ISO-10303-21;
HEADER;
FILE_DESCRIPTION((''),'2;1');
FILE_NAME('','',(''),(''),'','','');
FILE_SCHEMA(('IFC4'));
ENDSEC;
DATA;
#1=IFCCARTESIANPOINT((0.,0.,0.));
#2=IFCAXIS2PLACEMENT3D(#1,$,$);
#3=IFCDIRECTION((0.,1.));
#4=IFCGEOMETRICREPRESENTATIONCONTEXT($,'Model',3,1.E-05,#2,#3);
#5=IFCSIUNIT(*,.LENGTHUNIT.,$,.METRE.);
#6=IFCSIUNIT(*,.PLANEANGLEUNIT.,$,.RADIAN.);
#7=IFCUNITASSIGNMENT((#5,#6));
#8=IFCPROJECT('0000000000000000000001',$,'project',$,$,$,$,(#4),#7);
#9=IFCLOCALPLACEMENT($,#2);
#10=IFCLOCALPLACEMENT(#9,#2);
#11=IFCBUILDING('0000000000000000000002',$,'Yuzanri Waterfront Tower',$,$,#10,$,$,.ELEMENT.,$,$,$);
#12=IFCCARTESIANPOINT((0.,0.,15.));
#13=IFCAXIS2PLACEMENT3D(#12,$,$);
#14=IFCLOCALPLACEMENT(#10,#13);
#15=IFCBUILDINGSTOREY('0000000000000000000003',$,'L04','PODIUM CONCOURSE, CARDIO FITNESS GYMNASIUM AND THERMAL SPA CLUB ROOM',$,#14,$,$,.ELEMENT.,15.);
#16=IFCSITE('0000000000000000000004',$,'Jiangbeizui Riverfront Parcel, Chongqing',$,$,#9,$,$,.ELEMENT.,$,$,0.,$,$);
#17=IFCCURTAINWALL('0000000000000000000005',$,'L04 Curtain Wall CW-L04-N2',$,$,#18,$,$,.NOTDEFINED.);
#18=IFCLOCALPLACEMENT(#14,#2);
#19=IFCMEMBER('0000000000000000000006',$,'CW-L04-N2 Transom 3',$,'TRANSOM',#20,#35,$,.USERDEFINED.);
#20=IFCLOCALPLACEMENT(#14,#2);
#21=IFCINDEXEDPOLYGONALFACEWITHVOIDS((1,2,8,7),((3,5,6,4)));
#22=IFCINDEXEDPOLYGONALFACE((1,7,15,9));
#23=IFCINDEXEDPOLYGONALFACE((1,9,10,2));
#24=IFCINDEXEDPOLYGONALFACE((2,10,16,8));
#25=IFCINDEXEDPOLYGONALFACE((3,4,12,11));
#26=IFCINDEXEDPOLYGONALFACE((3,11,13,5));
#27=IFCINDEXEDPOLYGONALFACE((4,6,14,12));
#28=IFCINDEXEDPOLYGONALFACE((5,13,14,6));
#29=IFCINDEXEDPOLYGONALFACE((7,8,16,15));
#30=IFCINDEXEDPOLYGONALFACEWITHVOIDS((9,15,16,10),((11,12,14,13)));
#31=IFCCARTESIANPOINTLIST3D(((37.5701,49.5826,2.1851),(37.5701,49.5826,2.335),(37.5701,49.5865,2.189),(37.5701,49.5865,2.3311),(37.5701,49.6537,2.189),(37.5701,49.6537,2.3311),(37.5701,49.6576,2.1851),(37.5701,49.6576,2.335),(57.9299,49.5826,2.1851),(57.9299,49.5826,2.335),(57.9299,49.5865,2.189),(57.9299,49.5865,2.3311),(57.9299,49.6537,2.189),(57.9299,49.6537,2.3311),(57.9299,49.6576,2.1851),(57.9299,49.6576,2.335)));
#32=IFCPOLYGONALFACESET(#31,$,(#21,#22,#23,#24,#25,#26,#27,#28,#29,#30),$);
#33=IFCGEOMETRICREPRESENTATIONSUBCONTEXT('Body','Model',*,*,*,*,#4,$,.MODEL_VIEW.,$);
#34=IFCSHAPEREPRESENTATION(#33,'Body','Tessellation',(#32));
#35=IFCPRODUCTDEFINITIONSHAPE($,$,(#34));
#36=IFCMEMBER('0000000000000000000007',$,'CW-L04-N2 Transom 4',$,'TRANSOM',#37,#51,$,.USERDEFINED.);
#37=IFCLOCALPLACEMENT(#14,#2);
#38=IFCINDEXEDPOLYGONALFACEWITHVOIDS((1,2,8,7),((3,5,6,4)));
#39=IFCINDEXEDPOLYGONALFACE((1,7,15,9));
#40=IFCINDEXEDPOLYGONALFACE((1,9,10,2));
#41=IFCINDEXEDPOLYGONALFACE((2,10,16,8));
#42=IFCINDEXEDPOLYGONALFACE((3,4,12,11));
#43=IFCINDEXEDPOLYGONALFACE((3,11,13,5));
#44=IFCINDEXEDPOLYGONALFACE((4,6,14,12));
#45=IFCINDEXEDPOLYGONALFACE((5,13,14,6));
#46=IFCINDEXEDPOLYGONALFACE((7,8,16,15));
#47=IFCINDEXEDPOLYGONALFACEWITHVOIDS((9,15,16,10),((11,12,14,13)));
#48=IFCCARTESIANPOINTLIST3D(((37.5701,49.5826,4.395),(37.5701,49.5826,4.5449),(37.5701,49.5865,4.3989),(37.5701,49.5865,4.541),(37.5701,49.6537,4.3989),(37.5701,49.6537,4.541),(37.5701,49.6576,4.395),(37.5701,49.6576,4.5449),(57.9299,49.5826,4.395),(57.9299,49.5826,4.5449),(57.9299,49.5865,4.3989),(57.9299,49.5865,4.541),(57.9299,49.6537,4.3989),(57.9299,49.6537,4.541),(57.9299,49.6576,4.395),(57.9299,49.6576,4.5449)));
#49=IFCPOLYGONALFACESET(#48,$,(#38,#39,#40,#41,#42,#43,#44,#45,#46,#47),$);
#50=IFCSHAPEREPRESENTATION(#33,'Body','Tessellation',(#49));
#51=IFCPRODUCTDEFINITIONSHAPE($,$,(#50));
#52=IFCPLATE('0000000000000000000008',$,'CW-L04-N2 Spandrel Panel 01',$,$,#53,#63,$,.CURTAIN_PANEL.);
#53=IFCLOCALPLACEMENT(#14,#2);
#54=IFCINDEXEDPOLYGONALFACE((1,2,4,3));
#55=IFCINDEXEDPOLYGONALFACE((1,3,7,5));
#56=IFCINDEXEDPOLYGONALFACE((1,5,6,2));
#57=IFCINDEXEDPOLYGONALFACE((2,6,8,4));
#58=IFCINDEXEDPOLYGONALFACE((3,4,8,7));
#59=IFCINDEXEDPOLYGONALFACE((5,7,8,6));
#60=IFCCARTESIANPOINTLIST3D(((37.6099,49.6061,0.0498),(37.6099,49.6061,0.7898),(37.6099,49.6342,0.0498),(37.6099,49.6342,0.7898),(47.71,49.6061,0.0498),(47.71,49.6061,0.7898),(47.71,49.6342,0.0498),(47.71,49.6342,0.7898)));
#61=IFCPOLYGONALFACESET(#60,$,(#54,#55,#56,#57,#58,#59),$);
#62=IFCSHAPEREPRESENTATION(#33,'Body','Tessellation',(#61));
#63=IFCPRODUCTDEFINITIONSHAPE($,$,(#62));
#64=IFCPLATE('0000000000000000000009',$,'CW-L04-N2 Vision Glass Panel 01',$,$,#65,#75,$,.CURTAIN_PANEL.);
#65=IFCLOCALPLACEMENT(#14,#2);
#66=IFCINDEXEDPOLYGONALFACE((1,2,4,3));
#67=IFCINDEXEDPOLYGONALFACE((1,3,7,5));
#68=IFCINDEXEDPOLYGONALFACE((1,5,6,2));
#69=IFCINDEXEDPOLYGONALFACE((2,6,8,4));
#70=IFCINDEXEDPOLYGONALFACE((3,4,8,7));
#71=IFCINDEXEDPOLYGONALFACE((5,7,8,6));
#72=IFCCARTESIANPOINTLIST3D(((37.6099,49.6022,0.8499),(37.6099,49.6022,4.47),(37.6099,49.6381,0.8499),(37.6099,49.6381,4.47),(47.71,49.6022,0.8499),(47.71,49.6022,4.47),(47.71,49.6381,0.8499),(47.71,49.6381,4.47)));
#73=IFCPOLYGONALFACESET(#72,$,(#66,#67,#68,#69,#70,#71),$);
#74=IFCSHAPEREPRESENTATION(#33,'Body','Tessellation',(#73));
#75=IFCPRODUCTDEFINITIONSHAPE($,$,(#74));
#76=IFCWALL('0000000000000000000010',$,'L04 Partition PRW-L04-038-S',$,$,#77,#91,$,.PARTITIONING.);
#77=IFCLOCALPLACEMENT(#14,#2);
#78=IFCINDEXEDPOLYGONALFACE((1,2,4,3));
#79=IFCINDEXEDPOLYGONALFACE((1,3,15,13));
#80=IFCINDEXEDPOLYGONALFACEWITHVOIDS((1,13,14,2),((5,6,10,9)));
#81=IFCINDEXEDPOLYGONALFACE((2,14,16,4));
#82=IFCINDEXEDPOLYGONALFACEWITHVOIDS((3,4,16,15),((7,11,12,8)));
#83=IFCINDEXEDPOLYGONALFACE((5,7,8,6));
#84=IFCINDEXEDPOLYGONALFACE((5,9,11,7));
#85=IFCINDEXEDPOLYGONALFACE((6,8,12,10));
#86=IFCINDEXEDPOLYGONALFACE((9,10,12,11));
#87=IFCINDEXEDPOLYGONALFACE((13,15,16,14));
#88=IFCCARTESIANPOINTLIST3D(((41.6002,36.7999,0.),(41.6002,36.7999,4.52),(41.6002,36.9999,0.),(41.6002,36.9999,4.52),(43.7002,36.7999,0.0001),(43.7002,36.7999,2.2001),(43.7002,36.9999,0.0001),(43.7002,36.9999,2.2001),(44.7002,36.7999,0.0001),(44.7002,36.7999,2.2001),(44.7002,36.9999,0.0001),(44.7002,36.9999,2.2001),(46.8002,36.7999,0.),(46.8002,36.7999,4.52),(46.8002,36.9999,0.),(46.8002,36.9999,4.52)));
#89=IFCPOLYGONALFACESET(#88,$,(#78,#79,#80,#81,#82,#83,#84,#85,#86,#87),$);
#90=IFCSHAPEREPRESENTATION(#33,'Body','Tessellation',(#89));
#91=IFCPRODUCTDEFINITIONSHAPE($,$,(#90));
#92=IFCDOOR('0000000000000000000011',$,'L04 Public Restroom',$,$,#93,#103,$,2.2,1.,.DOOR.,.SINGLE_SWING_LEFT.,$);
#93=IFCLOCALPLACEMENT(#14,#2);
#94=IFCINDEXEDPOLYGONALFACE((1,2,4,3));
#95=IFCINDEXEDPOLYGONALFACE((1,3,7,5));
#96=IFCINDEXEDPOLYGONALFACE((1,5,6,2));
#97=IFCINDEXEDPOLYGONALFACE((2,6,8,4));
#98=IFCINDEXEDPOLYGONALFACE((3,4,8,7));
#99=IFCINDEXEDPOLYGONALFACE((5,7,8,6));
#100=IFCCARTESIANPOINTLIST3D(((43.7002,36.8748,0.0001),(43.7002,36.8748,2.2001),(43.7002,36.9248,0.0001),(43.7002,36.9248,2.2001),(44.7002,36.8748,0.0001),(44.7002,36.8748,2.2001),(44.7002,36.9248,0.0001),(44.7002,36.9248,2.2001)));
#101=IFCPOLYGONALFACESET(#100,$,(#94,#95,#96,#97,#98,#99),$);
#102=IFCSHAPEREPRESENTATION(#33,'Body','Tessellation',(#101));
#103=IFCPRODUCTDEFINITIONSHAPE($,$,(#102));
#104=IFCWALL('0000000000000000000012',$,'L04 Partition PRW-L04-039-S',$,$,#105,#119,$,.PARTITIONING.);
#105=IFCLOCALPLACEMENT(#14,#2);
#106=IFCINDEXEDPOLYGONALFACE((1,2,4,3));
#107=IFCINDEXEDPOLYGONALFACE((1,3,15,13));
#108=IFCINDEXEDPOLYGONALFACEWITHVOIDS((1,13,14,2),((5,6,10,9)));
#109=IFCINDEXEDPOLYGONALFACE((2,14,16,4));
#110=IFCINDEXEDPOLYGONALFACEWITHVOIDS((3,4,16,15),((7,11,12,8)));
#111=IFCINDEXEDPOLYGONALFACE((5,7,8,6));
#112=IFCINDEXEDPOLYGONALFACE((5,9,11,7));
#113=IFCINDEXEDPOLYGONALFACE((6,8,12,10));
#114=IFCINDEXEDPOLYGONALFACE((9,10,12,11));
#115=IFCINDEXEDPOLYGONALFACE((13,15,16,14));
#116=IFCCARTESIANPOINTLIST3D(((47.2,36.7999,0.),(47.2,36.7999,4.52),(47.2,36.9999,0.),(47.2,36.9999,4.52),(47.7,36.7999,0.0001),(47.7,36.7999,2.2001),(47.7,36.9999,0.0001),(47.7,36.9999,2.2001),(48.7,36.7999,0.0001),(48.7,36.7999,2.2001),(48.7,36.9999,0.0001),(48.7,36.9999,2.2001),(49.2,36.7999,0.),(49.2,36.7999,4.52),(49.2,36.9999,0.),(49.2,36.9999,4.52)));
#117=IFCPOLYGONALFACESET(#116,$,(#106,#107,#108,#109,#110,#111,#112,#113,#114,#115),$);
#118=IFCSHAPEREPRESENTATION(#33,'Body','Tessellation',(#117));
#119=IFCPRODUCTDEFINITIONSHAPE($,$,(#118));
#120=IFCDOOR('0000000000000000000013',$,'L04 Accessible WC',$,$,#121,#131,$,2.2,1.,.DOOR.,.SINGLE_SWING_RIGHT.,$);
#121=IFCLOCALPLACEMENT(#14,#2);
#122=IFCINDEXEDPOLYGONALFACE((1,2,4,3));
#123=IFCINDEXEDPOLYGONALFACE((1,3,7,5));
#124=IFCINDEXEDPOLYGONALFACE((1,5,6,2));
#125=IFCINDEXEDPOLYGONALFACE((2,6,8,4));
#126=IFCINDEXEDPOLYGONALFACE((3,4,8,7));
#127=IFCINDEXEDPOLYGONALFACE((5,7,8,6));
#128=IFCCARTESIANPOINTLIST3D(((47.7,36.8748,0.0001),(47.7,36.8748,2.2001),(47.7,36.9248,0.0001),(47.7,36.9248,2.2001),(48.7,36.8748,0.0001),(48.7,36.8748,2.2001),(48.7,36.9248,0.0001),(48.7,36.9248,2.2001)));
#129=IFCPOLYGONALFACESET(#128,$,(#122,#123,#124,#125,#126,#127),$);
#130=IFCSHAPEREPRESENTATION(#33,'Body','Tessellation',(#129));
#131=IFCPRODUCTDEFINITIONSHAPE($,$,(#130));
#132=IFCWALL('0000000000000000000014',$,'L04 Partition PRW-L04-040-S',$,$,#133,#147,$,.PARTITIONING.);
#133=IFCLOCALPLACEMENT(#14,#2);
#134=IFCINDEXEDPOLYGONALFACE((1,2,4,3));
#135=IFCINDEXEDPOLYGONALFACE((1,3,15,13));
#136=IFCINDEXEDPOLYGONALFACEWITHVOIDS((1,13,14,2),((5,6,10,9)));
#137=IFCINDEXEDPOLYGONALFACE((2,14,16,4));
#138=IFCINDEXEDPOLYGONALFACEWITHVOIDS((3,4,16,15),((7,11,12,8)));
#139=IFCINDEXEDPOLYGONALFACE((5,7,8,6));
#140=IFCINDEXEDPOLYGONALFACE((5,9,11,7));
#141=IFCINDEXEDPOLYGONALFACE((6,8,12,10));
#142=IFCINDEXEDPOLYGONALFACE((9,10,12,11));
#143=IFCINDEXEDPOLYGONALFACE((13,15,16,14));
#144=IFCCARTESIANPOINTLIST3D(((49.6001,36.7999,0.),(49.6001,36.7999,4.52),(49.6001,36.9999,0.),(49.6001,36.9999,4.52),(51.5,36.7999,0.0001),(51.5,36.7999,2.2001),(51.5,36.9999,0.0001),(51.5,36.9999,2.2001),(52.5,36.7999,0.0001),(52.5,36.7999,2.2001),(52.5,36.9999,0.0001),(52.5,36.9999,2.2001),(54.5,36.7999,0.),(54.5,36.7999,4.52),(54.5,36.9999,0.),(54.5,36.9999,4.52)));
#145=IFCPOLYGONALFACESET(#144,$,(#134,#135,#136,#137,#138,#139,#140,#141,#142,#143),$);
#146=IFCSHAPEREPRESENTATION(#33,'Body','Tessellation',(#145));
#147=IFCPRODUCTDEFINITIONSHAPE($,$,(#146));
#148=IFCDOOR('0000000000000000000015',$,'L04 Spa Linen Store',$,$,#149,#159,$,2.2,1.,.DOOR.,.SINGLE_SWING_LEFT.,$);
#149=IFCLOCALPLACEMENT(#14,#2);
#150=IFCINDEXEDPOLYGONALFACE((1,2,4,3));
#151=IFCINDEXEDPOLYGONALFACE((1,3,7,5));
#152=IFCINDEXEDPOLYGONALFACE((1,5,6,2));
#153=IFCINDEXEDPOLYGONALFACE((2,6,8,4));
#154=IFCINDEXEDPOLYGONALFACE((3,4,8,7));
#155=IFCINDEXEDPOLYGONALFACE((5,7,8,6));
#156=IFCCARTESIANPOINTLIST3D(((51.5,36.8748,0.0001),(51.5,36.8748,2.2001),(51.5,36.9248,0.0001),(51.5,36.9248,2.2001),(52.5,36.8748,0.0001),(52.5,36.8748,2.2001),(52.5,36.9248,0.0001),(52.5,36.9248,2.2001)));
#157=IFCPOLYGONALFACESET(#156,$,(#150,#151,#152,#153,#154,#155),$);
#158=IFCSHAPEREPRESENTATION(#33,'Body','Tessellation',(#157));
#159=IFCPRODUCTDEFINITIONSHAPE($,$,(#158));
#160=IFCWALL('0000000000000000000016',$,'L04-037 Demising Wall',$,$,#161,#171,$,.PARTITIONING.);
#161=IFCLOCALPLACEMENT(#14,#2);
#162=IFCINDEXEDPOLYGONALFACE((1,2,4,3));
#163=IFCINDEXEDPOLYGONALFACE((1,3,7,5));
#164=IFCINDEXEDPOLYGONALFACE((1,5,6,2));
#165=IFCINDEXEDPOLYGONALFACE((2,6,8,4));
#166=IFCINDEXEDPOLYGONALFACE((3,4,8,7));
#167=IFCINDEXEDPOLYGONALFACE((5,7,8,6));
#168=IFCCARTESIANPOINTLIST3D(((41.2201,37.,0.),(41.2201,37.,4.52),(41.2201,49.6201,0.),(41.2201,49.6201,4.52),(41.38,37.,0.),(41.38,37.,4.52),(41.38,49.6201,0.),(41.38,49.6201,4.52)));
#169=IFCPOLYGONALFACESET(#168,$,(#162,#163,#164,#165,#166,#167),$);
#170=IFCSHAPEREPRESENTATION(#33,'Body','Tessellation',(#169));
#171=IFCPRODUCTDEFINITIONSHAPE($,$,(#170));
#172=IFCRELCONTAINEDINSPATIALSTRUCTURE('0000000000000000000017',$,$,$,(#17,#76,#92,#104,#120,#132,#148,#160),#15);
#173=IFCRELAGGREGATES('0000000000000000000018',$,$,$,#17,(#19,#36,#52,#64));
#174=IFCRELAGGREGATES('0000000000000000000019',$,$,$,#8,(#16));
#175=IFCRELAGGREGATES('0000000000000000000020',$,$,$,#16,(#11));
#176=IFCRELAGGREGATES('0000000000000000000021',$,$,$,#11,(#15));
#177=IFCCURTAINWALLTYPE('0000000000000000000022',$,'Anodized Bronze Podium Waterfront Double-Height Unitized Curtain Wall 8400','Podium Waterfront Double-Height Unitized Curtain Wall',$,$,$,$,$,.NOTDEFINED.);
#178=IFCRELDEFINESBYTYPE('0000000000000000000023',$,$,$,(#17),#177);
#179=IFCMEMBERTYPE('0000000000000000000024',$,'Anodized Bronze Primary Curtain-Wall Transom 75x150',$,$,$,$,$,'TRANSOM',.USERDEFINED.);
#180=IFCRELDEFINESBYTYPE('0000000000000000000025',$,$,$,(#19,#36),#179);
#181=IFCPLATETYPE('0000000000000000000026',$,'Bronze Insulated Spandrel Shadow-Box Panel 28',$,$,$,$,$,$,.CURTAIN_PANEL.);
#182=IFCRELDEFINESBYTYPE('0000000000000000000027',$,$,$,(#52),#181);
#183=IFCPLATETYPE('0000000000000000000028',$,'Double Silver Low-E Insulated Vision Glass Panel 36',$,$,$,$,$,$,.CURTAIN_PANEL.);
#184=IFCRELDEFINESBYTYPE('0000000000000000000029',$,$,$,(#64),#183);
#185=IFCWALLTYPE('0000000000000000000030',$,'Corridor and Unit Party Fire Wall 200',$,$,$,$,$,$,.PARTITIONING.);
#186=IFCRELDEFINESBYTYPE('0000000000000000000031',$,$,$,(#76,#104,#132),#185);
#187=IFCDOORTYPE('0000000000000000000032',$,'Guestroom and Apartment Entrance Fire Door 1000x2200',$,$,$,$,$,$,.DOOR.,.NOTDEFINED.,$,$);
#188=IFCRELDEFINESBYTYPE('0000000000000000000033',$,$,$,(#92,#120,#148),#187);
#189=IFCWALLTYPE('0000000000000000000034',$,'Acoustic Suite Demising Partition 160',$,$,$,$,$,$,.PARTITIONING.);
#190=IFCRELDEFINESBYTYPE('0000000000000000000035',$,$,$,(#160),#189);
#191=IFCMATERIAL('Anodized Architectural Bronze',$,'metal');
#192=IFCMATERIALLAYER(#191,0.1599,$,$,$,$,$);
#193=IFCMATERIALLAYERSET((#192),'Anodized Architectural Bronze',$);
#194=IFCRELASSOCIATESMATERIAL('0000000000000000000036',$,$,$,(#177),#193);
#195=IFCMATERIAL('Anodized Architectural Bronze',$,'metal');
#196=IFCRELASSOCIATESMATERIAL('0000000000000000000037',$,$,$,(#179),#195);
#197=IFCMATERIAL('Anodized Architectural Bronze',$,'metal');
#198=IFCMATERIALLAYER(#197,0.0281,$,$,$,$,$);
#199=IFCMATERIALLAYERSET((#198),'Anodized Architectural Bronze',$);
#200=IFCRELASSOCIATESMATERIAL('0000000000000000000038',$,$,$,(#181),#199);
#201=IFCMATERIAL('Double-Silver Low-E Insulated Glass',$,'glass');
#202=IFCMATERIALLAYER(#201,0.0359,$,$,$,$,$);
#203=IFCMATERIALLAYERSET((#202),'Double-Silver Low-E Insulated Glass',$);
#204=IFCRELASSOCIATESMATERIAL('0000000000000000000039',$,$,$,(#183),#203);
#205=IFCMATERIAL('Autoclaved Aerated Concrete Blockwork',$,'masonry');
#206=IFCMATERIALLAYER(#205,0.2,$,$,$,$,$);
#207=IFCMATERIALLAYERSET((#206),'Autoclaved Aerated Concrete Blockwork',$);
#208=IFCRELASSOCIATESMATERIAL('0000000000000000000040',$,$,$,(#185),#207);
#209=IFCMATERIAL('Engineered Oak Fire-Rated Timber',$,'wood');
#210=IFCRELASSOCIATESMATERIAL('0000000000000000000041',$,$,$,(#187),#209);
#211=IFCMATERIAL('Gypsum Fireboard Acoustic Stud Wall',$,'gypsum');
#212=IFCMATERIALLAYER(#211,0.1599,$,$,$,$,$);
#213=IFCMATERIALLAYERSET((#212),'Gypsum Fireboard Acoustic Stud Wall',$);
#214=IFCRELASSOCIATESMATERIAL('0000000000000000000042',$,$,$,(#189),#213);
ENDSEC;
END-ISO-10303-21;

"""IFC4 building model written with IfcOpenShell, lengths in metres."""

from ifc_helpers import new_model, si_unit, direction, frame, frame_2d, origin, origin_2d, place, context, subcontext, project, spatial, rectangle, hollow_rectangle, extrude, source, transform, mapped, material, layer, layer_set, material_profile, profile_set, type_object, element, fill, aggregate, save


model = new_model("IFC4")

# Units and contexts
model_context = context("Model", 3, precision=1e-05, world=origin(), true_north=direction((0.0, 1.0)))
body_context = subcontext(model_context, "Body", "Model", "MODEL_VIEW")
ifc_project = project(units=[si_unit("LENGTHUNIT", "METRE"), si_unit("PLANEANGLEUNIT", "RADIAN")], contexts=[model_context])

# Site, building, storey
site_placement = place(None, origin())
site = spatial("IfcSite", under=ifc_project, at=site_placement, Name="Jiangbeizui Riverfront Parcel, Chongqing", CompositionType="ELEMENT", RefElevation=0.0)
building_placement = place(site_placement, origin())
building = spatial("IfcBuilding", under=site, at=building_placement, Name="Yuzanri Waterfront Tower", CompositionType="ELEMENT")
storey_placement = place(building_placement, frame((0.0, 0.0, 15.0)))
storey = spatial("IfcBuildingStorey", under=building, at=storey_placement, Name="L04", Description="PODIUM CONCOURSE, CARDIO FITNESS GYMNASIUM AND THERMAL SPA CLUB ROOM", CompositionType="ELEMENT", Elevation=15.0)

# Curtain wall, members, plates
ifc_material_1 = material(Name="Anodized Architectural Bronze", Category="metal")
ifc_layer_1 = layer(ifc_material_1, 0.1599)
ifc_layer_set_1 = layer_set([ifc_layer_1], Name="Anodized Architectural Bronze")
curtain_wall_type = type_object("IfcCurtainWallType", Name="Anodized Bronze Podium Waterfront Double-Height Unitized Curtain Wall 8400", Description="Podium Waterfront Double-Height Unitized Curtain Wall", PredefinedType="NOTDEFINED", material=ifc_layer_set_1)
curtain_wall_placement = place(storey_placement, origin())
curtain_wall = element("IfcCurtainWall", 1, at=curtain_wall_placement, inside=storey, type_object=curtain_wall_type, Name="L04 Curtain Wall CW-L04-N2", PredefinedType="NOTDEFINED")
ifc_material_2 = material(Name="Anodized Architectural Bronze", Category="metal")
ifc_material_profile_1 = material_profile(ifc_material_2, hollow_rectangle(XDim=0.075, YDim=0.1499, WallThickness=0.0039, at=origin_2d()), Name="CWT 75x150")
ifc_profile_set_1 = profile_set([ifc_material_profile_1], Name="Anodized Architectural Bronze")
member_type_1 = type_object("IfcMemberType", Name="Anodized Bronze Primary Curtain-Wall Transom 75x150", ElementType="TRANSOM", PredefinedType="USERDEFINED", material=ifc_profile_set_1)
shared_shape_1 = source(origin(), body_context, "Body", "SweptSolid", [
    extrude(hollow_rectangle(XDim=0.075, YDim=0.1499, WallThickness=0.0039, at=origin_2d()), origin(), (0.0, 0.0, 1.0), 20.3599),
])
member_1_placement = place(storey_placement, frame((37.5701, 49.6201, 2.26), z_axis=(1.0, 0.0, 0.0), x_axis=(0.0, 1.0, 0.0)))
member_1 = element("IfcMember", 2, at=member_1_placement, type_object=member_type_1, Name="CW-L04-N2 Transom 3", ObjectType="TRANSOM", PredefinedType="USERDEFINED", context=body_context, shape_type="MappedRepresentation", body=[
    mapped(shared_shape_1, transform((0.0, 0.0, 0.0), scale=1.0)),
])
member_2_placement = place(storey_placement, frame((37.5701, 49.6201, 4.47), z_axis=(1.0, 0.0, 0.0), x_axis=(0.0, 1.0, 0.0)))
member_2 = element("IfcMember", 3, at=member_2_placement, type_object=member_type_1, Name="CW-L04-N2 Transom 4", ObjectType="TRANSOM", PredefinedType="USERDEFINED", context=body_context, shape_type="MappedRepresentation", body=[
    mapped(shared_shape_1, transform((0.0, 0.0, 0.0), scale=1.0)),
])
ifc_material_3 = material(Name="Anodized Architectural Bronze", Category="metal")
ifc_layer_2 = layer(ifc_material_3, 0.0281)
ifc_layer_set_2 = layer_set([ifc_layer_2], Name="Anodized Architectural Bronze")
plate_type_1 = type_object("IfcPlateType", Name="Bronze Insulated Spandrel Shadow-Box Panel 28", PredefinedType="CURTAIN_PANEL", material=ifc_layer_set_2)
shared_shape_2 = source(origin(), body_context, "Body", "SweptSolid", [
    extrude(rectangle(XDim=10.1001, YDim=0.0281, at=origin_2d()), origin(), (0.0, 0.0, 1.0), 0.74),
])
plate_1_placement = place(storey_placement, frame((42.6599, 49.6201, 0.0498), z_axis=(0.0, 0.0, 1.0), x_axis=(1.0, 0.0, 0.0)))
plate_1 = element("IfcPlate", 4, at=plate_1_placement, type_object=plate_type_1, Name="CW-L04-N2 Spandrel Panel 01", PredefinedType="CURTAIN_PANEL", context=body_context, shape_type="MappedRepresentation", body=[
    mapped(shared_shape_2, transform((0.0, 0.0, 0.0), scale=1.0)),
])
ifc_material_4 = material(Name="Double-Silver Low-E Insulated Glass", Category="glass")
ifc_layer_3 = layer(ifc_material_4, 0.0359)
ifc_layer_set_3 = layer_set([ifc_layer_3], Name="Double-Silver Low-E Insulated Glass")
plate_type_2 = type_object("IfcPlateType", Name="Double Silver Low-E Insulated Vision Glass Panel 36", PredefinedType="CURTAIN_PANEL", material=ifc_layer_set_3)
shared_shape_3 = source(origin(), body_context, "Body", "SweptSolid", [
    extrude(rectangle(XDim=10.1001, YDim=0.0359, at=origin_2d()), origin(), (0.0, 0.0, 1.0), 3.6201),
])
plate_2_placement = place(storey_placement, frame((42.6599, 49.6201, 0.8499), z_axis=(0.0, 0.0, 1.0), x_axis=(1.0, 0.0, 0.0)))
plate_2 = element("IfcPlate", 5, at=plate_2_placement, type_object=plate_type_2, Name="CW-L04-N2 Vision Glass Panel 01", PredefinedType="CURTAIN_PANEL", context=body_context, shape_type="MappedRepresentation", body=[
    mapped(shared_shape_3, transform((0.0, 0.0, 0.0), scale=1.0)),
])
aggregate(curtain_wall, [member_1, member_2, plate_1, plate_2])

# Walls, openings, doors
ifc_material_5 = material(Name="Autoclaved Aerated Concrete Blockwork", Category="masonry")
ifc_layer_4 = layer(ifc_material_5, 0.2)
ifc_layer_set_4 = layer_set([ifc_layer_4], Name="Autoclaved Aerated Concrete Blockwork")
wall_type_1 = type_object("IfcWallType", Name="Corridor and Unit Party Fire Wall 200", PredefinedType="PARTITIONING", material=ifc_layer_set_4)
wall_1_placement = place(storey_placement, frame((41.6001, 36.8999, 0.0), z_axis=(0.0, 0.0, 1.0), x_axis=(1.0, 0.0, 0.0)))
wall_1 = element("IfcWall", 6, at=wall_1_placement, inside=storey, type_object=wall_type_1, Name="L04 Partition PRW-L04-038-S", PredefinedType="PARTITIONING", context=body_context, shape_type="SweptSolid", body=[
    extrude(rectangle(XDim=5.2, YDim=0.2, at=frame_2d((2.6001, 0.0))), origin(), (0.0, 0.0, 1.0), 4.52),
])
opening_1_placement = place(wall_1_placement, frame((2.1001, 0.0, 0.0)))
opening_1 = element("IfcOpeningElement", 7, at=opening_1_placement, cuts=wall_1, PredefinedType="OPENING", context=body_context, shape_type="SweptSolid", body=[
    extrude(rectangle(XDim=1.0, YDim=2.2, at=frame_2d((0.5, 1.1001))), frame((0.0, 0.1147, 0.0), z_axis=(0.0, -1.0, 0.0), x_axis=(1.0, 0.0, 0.0)), (0.0, 0.0, 1.0), 0.2297),
])
ifc_material_6 = material(Name="Engineered Oak Fire-Rated Timber", Category="wood")
door_type = type_object("IfcDoorType", Name="Guestroom and Apartment Entrance Fire Door 1000x2200", OperationType="NOTDEFINED", PredefinedType="DOOR", material=ifc_material_6)
shared_shape_4 = source(origin(), body_context, "Body", "SweptSolid", [
    extrude(rectangle(XDim=1.0, YDim=2.2, at=frame_2d((0.5, 1.1001))), frame((0.0, 0.0249, 0.0), z_axis=(0.0, -1.0, 0.0), x_axis=(1.0, 0.0, 0.0)), (0.0, 0.0, 1.0), 0.05),
])
door_1_placement = place(opening_1_placement, origin())
door_1 = element("IfcDoor", 8, at=door_1_placement, inside=storey, type_object=door_type, Name="L04 Public Restroom", OperationType="SINGLE_SWING_LEFT", OverallHeight=2.2, OverallWidth=1.0, PredefinedType="DOOR", context=body_context, shape_type="MappedRepresentation", body=[
    mapped(shared_shape_4, transform((0.0, 0.0, 0.0), scale=1.0)),
])
fill(opening_1, door_1)
wall_2_placement = place(storey_placement, frame((47.2, 36.8999, 0.0), z_axis=(0.0, 0.0, 1.0), x_axis=(1.0, 0.0, 0.0)))
wall_2 = element("IfcWall", 9, at=wall_2_placement, inside=storey, type_object=wall_type_1, Name="L04 Partition PRW-L04-039-S", PredefinedType="PARTITIONING", context=body_context, shape_type="SweptSolid", body=[
    extrude(rectangle(XDim=2.0, YDim=0.2, at=frame_2d((1.0, 0.0))), origin(), (0.0, 0.0, 1.0), 4.52),
])
opening_2_placement = place(wall_2_placement, frame((0.5, 0.0, 0.0)))
opening_2 = element("IfcOpeningElement", 10, at=opening_2_placement, cuts=wall_2, PredefinedType="OPENING", context=body_context, shape_type="SweptSolid", body=[
    extrude(rectangle(XDim=1.0, YDim=2.2, at=frame_2d((0.5, 1.1001))), frame((0.0, 0.1147, 0.0), z_axis=(0.0, -1.0, 0.0), x_axis=(1.0, 0.0, 0.0)), (0.0, 0.0, 1.0), 0.2297),
])
door_2_placement = place(opening_2_placement, origin())
door_2 = element("IfcDoor", 11, at=door_2_placement, inside=storey, type_object=door_type, Name="L04 Accessible WC", OperationType="SINGLE_SWING_RIGHT", OverallHeight=2.2, OverallWidth=1.0, PredefinedType="DOOR", context=body_context, shape_type="MappedRepresentation", body=[
    mapped(shared_shape_4, transform((0.0, 0.0, 0.0), scale=1.0)),
])
fill(opening_2, door_2)
wall_3_placement = place(storey_placement, frame((49.6001, 36.8999, 0.0), z_axis=(0.0, 0.0, 1.0), x_axis=(1.0, 0.0, 0.0)))
wall_3 = element("IfcWall", 12, at=wall_3_placement, inside=storey, type_object=wall_type_1, Name="L04 Partition PRW-L04-040-S", PredefinedType="PARTITIONING", context=body_context, shape_type="SweptSolid", body=[
    extrude(rectangle(XDim=4.8999, YDim=0.2, at=frame_2d((2.45, 0.0))), origin(), (0.0, 0.0, 1.0), 4.52),
])
opening_3_placement = place(wall_3_placement, frame((1.8999, 0.0, 0.0)))
opening_3 = element("IfcOpeningElement", 13, at=opening_3_placement, cuts=wall_3, PredefinedType="OPENING", context=body_context, shape_type="SweptSolid", body=[
    extrude(rectangle(XDim=1.0, YDim=2.2, at=frame_2d((0.5, 1.1001))), frame((0.0, 0.1147, 0.0), z_axis=(0.0, -1.0, 0.0), x_axis=(1.0, 0.0, 0.0)), (0.0, 0.0, 1.0), 0.2297),
])
door_3_placement = place(opening_3_placement, origin())
door_3 = element("IfcDoor", 14, at=door_3_placement, inside=storey, type_object=door_type, Name="L04 Spa Linen Store", OperationType="SINGLE_SWING_LEFT", OverallHeight=2.2, OverallWidth=1.0, PredefinedType="DOOR", context=body_context, shape_type="MappedRepresentation", body=[
    mapped(shared_shape_4, transform((0.0, 0.0, 0.0), scale=1.0)),
])
fill(opening_3, door_3)

# Wall
ifc_material_7 = material(Name="Gypsum Fireboard Acoustic Stud Wall", Category="gypsum")
ifc_layer_5 = layer(ifc_material_7, 0.1599)
ifc_layer_set_5 = layer_set([ifc_layer_5], Name="Gypsum Fireboard Acoustic Stud Wall")
wall_type_2 = type_object("IfcWallType", Name="Acoustic Suite Demising Partition 160", PredefinedType="PARTITIONING", material=ifc_layer_set_5)
shared_shape_5 = source(origin(), body_context, "Body", "SweptSolid", [
    extrude(rectangle(XDim=12.6201, YDim=0.1599, at=frame_2d((6.3101, 0.0))), origin(), (0.0, 0.0, 1.0), 4.52),
])
for number, where, z_axis, x_axis, name in (
    (15, (41.3, 37.0, 0.0), (0.0, 0.0, 1.0), (0.0, 1.0, 0.0), "L04-037 Demising Wall"),
):
    element("IfcWall", number, at=place(storey_placement, frame(where, z_axis=z_axis, x_axis=x_axis)), inside=storey, type_object=wall_type_2, Name=name, PredefinedType="PARTITIONING", context=body_context, shape_type="MappedRepresentation", body=[
        mapped(shared_shape_5, transform((0.0, 0.0, 0.0), scale=1.0)),
    ])

save(model, "model.ifc")
